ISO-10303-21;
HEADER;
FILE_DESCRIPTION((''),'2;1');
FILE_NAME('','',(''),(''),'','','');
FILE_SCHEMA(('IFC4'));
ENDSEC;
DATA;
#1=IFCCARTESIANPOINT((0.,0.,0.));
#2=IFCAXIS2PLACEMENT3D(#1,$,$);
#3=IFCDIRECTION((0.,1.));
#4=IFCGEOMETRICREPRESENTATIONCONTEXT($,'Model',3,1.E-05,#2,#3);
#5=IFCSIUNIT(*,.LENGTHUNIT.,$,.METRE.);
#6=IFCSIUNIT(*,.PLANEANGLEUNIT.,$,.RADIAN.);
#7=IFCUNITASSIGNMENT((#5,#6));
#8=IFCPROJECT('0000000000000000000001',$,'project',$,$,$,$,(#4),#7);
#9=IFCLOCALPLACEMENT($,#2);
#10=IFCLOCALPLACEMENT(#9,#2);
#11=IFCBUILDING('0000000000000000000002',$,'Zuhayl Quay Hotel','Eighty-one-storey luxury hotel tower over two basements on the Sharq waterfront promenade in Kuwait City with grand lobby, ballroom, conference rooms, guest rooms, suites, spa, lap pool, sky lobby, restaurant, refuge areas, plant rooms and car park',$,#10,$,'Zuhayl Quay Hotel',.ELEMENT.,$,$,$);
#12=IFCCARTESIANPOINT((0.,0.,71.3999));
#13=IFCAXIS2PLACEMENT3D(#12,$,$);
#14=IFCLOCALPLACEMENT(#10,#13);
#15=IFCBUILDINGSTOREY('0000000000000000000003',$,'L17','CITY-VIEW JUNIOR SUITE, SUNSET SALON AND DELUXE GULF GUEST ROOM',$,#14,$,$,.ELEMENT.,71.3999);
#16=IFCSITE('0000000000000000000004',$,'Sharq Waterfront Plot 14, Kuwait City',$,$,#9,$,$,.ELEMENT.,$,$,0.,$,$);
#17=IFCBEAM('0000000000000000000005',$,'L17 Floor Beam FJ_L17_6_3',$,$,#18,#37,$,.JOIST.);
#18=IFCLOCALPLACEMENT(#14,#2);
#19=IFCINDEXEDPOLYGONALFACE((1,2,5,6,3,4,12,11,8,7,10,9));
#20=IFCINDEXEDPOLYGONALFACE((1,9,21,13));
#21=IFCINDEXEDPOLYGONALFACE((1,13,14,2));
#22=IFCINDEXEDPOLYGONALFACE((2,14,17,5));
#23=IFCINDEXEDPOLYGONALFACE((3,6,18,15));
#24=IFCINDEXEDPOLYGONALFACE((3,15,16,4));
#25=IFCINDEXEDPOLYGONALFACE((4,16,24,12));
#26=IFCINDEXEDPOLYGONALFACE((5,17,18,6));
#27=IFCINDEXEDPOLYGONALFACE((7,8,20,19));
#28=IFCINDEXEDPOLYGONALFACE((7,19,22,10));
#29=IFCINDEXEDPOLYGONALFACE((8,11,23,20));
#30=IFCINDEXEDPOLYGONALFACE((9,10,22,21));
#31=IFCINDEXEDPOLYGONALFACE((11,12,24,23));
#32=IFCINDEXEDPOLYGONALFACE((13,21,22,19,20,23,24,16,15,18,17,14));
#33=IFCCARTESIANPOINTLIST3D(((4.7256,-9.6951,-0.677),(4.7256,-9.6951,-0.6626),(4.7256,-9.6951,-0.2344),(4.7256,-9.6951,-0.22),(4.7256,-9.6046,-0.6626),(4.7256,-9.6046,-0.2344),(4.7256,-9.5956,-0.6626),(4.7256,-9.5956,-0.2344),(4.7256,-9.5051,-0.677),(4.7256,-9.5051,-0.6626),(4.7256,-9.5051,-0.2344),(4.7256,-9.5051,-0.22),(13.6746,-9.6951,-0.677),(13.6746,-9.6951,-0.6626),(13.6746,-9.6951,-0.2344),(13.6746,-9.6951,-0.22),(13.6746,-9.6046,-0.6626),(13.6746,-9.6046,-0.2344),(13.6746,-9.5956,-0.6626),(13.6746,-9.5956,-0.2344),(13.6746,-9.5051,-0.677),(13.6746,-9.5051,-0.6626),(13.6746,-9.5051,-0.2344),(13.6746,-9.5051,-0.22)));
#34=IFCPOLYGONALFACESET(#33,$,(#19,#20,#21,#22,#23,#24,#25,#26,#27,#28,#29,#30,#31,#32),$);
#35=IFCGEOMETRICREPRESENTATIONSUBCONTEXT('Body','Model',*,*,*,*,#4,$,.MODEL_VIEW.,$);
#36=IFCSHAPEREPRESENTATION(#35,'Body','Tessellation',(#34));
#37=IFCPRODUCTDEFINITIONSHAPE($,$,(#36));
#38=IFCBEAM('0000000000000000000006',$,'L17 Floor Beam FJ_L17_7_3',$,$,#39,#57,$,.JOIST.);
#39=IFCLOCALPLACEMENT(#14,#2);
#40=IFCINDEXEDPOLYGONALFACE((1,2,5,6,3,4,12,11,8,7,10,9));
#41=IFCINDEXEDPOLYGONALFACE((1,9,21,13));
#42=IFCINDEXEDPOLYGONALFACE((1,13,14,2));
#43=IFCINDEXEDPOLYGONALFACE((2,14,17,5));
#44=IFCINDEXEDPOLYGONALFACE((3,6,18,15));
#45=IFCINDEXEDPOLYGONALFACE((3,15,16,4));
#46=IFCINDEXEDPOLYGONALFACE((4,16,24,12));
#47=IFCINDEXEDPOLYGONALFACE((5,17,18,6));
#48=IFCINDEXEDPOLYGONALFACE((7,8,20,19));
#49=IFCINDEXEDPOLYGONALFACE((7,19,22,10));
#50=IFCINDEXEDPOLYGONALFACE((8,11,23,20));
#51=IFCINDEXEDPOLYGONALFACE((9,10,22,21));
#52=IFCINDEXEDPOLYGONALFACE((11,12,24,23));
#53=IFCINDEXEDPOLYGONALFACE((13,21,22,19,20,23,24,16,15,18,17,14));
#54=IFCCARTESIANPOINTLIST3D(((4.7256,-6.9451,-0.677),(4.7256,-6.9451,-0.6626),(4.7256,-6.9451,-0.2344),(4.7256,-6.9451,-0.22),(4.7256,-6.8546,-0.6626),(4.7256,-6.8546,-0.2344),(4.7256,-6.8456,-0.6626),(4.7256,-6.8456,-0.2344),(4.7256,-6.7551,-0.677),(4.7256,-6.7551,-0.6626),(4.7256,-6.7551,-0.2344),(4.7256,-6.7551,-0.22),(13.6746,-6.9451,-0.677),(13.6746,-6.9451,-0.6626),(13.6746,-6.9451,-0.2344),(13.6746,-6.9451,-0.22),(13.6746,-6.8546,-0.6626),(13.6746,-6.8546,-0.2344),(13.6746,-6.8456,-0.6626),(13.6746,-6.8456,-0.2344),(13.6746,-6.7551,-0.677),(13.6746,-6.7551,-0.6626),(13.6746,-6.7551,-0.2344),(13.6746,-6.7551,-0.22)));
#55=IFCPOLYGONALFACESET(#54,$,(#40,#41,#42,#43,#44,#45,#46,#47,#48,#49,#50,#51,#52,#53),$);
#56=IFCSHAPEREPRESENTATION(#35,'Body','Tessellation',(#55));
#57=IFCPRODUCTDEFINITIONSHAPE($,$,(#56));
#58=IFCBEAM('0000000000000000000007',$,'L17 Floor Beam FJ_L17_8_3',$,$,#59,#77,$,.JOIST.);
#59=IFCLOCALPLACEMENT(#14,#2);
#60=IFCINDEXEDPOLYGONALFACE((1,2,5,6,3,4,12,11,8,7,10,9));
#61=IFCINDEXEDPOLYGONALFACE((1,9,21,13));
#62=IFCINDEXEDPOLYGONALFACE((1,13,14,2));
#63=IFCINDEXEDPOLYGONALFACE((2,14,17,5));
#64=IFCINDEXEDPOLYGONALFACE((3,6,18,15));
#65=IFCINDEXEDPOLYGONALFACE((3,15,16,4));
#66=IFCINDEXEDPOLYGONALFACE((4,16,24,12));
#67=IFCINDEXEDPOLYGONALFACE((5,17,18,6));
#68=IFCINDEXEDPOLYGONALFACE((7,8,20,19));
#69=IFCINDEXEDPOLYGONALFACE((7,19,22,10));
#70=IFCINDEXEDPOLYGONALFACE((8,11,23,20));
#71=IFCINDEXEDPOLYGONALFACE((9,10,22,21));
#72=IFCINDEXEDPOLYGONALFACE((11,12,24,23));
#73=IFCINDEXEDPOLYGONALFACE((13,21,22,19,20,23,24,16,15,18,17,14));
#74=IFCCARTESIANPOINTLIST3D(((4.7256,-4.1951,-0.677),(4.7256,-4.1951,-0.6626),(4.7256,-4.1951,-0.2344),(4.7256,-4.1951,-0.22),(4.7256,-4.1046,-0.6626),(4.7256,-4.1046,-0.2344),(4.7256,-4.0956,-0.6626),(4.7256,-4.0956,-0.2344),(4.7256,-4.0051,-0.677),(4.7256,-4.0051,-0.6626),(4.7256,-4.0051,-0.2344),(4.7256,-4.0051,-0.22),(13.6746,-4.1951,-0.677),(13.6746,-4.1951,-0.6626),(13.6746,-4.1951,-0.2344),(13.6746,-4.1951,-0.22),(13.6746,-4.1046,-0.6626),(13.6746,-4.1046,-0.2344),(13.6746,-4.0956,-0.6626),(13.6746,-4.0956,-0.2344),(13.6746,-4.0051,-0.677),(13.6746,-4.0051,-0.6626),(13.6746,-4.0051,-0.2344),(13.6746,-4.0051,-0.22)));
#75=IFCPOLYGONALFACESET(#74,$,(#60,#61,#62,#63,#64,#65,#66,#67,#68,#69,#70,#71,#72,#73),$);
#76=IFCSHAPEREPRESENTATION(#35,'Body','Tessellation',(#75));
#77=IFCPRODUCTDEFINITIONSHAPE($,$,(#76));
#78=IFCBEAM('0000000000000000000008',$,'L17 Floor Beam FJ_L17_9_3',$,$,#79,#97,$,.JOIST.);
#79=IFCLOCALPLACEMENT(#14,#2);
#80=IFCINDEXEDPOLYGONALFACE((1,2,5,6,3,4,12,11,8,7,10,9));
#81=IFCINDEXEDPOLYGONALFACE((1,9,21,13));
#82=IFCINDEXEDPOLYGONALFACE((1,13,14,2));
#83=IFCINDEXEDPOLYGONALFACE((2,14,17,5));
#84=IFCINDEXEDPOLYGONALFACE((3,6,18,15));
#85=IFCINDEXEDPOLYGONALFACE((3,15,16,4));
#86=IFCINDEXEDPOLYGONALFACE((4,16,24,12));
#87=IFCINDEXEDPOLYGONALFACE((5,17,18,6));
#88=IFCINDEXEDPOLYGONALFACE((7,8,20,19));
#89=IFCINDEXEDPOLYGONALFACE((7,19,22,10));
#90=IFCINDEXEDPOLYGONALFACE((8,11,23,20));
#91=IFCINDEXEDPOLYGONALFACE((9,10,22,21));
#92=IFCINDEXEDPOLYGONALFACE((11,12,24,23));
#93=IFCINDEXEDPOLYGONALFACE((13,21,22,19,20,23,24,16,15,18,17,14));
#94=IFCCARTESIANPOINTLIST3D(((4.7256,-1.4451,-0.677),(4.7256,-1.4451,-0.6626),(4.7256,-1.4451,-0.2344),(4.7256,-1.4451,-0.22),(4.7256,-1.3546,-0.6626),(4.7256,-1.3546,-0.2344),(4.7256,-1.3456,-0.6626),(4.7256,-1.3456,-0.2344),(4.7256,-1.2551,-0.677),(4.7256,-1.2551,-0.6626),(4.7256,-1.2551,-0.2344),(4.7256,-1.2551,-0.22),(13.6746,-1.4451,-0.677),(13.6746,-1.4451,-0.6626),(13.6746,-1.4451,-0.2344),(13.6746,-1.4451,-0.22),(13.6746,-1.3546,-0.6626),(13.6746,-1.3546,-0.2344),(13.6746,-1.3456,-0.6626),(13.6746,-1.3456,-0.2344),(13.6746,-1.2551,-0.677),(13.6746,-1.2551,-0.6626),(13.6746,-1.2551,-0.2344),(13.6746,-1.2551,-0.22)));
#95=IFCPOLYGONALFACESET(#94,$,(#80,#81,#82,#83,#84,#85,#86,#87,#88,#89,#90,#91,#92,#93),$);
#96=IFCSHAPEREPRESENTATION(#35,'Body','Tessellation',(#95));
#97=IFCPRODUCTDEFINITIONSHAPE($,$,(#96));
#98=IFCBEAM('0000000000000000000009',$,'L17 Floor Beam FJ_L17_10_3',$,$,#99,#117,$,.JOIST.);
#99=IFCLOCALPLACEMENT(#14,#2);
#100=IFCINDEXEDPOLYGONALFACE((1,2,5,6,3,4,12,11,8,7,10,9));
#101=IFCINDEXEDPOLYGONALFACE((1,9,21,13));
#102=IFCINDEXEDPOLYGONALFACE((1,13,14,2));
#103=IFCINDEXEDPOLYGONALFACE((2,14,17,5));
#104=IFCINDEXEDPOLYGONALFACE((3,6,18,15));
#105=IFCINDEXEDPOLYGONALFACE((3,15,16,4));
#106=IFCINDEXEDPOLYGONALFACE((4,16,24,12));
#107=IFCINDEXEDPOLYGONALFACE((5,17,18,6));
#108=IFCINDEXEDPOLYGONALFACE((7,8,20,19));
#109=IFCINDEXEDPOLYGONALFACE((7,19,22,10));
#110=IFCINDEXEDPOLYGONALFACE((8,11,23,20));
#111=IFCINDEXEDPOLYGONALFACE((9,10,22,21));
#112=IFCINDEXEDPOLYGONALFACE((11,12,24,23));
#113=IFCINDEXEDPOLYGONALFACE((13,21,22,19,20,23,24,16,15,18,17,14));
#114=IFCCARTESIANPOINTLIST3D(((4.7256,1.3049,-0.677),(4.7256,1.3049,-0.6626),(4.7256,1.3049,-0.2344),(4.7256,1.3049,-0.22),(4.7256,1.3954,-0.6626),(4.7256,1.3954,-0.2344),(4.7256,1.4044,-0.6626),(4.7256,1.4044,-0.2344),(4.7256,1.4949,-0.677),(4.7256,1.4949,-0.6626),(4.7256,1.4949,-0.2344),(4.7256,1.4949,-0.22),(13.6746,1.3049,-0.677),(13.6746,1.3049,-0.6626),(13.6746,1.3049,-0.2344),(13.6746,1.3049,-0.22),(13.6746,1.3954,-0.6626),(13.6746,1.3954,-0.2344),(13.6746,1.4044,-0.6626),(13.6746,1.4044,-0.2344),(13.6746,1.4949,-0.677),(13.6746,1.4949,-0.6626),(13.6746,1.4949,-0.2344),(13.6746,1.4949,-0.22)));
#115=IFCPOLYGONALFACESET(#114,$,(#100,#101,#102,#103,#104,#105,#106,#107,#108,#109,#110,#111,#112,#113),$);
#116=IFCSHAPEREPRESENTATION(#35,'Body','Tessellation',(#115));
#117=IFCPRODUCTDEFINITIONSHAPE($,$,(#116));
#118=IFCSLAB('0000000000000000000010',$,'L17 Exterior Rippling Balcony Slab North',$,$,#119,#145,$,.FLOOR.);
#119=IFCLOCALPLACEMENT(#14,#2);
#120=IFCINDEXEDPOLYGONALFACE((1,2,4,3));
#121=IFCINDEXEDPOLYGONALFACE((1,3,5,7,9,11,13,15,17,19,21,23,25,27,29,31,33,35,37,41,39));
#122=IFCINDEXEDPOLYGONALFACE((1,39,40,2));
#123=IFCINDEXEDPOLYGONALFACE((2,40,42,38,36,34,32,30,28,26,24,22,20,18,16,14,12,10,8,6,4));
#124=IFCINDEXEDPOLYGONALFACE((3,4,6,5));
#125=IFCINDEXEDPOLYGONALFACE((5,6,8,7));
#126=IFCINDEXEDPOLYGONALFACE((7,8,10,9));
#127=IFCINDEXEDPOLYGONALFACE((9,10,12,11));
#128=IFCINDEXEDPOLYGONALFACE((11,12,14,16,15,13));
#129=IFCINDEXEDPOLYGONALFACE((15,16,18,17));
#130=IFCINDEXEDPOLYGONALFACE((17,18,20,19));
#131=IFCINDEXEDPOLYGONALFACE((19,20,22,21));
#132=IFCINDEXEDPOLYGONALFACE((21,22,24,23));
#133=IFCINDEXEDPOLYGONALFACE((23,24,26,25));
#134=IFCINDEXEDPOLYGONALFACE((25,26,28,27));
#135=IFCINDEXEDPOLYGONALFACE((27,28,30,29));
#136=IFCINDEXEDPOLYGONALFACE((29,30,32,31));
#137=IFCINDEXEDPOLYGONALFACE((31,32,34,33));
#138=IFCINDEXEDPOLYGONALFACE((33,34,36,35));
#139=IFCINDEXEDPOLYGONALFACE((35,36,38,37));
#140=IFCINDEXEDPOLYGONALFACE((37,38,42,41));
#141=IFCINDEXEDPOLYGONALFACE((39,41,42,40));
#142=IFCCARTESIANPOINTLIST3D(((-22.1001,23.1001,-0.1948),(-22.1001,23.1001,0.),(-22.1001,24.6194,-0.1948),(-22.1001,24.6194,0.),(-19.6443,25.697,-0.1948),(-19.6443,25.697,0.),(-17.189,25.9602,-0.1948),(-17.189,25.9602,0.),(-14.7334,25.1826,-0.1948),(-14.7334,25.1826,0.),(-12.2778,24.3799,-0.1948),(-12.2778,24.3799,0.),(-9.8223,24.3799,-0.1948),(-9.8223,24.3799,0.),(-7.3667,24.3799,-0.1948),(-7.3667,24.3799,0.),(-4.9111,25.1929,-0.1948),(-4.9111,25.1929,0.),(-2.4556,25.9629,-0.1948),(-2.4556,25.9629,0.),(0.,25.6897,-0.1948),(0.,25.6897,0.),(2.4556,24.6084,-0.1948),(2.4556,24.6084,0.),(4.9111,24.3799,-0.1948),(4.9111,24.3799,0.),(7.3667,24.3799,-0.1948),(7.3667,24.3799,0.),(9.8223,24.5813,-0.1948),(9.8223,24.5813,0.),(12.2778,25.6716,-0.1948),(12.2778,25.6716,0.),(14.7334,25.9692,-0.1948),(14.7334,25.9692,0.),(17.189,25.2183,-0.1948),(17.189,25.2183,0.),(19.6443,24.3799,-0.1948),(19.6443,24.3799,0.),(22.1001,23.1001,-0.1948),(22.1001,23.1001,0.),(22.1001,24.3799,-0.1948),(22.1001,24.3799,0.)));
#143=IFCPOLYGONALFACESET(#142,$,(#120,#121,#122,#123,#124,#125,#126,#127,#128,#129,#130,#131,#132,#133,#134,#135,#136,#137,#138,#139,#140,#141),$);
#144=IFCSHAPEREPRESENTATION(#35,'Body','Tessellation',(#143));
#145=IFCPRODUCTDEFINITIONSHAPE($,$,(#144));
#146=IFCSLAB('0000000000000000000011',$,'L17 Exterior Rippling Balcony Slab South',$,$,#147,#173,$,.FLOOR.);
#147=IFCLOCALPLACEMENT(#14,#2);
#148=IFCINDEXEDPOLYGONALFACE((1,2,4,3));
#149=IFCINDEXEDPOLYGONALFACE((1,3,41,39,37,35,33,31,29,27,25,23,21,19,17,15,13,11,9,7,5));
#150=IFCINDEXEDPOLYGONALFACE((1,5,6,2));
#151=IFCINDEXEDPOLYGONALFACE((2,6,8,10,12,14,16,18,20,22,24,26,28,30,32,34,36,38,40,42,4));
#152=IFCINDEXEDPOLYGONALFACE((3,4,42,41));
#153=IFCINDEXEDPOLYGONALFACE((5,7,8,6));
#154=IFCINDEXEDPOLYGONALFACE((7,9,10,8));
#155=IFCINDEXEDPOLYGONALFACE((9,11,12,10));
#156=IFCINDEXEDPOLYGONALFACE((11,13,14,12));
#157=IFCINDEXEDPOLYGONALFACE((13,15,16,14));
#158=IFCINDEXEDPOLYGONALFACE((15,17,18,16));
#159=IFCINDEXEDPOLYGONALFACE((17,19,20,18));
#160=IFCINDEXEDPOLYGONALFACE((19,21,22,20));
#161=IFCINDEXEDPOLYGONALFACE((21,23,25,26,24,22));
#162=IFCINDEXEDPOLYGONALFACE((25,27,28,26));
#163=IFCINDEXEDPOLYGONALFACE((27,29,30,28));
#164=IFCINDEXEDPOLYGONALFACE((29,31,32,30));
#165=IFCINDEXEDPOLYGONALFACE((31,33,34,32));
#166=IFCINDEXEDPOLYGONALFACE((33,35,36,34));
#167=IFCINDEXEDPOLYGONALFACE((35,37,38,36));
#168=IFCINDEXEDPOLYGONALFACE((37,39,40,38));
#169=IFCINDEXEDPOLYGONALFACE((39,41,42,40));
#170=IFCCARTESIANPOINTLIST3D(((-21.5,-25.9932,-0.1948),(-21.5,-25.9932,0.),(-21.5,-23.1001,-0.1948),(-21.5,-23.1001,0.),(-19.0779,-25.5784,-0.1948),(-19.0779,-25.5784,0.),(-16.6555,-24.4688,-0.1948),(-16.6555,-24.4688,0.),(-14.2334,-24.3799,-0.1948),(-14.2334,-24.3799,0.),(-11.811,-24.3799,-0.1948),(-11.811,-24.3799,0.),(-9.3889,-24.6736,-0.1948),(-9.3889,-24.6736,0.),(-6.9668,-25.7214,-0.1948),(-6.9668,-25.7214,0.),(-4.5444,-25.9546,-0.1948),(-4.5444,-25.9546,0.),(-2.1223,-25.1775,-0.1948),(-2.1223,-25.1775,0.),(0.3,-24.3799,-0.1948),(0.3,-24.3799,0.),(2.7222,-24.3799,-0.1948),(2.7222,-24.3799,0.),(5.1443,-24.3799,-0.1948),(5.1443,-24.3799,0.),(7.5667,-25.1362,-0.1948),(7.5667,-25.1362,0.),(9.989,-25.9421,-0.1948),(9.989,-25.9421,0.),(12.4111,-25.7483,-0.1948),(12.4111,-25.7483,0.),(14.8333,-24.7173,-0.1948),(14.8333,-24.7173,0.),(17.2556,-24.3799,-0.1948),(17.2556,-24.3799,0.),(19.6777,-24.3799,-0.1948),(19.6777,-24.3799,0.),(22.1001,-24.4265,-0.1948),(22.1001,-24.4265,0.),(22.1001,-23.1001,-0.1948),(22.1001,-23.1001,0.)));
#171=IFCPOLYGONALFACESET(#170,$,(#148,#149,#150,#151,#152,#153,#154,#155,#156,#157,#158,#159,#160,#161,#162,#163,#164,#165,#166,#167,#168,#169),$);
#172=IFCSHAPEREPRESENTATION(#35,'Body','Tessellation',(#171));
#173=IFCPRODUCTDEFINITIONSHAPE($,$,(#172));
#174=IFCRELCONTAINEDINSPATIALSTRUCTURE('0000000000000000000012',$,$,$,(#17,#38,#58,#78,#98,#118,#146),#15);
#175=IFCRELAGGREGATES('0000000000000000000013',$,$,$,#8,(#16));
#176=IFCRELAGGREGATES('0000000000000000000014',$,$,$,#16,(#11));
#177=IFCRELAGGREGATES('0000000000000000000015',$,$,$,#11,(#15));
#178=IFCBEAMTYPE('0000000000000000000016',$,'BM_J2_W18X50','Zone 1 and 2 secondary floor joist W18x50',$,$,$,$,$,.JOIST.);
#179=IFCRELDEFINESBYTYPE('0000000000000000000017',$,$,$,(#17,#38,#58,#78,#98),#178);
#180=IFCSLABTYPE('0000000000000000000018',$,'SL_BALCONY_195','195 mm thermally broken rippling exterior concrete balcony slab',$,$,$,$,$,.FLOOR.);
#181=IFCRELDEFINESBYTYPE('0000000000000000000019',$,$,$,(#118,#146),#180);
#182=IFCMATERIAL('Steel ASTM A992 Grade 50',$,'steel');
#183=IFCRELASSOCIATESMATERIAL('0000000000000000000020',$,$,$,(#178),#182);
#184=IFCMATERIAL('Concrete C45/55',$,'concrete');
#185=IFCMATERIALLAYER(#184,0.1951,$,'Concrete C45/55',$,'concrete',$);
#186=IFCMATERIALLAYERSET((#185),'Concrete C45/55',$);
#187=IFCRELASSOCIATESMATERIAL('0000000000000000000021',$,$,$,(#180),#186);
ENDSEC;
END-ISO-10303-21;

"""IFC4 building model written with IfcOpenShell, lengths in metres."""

from ifc_helpers import new_model, si_unit, direction, frame, origin, origin_2d, place, context, subcontext, project, spatial, polyline, i_section, outline, extrude, material, layer, layer_set, material_profile, profile_set, type_object, element, save


model = new_model("IFC4")

# Units and contexts
model_context = context("Model", 3, precision=1e-05, world=origin(), true_north=direction((0.0, 1.0)))
body_context = subcontext(model_context, "Body", "Model", "MODEL_VIEW")
ifc_project = project(units=[si_unit("LENGTHUNIT", "METRE"), si_unit("PLANEANGLEUNIT", "RADIAN")], contexts=[model_context])

# Site, building, storey
site_placement = place(None, origin())
site = spatial("IfcSite", under=ifc_project, at=site_placement, Name="Sharq Waterfront Plot 14, Kuwait City", CompositionType="ELEMENT", RefElevation=0.0)
building_placement = place(site_placement, origin())
building = spatial("IfcBuilding", under=site, at=building_placement, Name="Zuhayl Quay Hotel", Description="Eighty-one-storey luxury hotel tower over two basements on the Sharq waterfront promenade in Kuwait City with grand lobby, ballroom, conference rooms, guest rooms, suites, spa, lap pool, sky lobby, restaurant, refuge areas, plant rooms and car park", LongName="Zuhayl Quay Hotel", CompositionType="ELEMENT")
storey_placement = place(building_placement, frame((0.0, 0.0, 71.3999)))
storey = spatial("IfcBuildingStorey", under=building, at=storey_placement, Name="L17", Description="CITY-VIEW JUNIOR SUITE, SUNSET SALON AND DELUXE GULF GUEST ROOM", CompositionType="ELEMENT", Elevation=71.3999)

# Beams
ifc_material_1 = material(Name="Steel ASTM A992 Grade 50", Category="steel")
ifc_material_profile = material_profile(ifc_material_1, i_section(OverallWidth=0.1899, OverallDepth=0.457, WebThickness=0.009, FlangeThickness=0.0144, at=origin_2d()), Name="W18X50")
ifc_profile_set = profile_set([ifc_material_profile], Name="Steel ASTM A992 Grade 50")
beam_type = type_object("IfcBeamType", Name="BM_J2_W18X50", Description="Zone 1 and 2 secondary floor joist W18x50", PredefinedType="JOIST", material=ifc_profile_set)
for number, where, z_axis, x_axis, name in (
    (1, (4.7256, -9.6001, -0.4485), (1.0, 0.0, 0.0), (0.0, 1.0, 0.0), "L17 Floor Beam FJ_L17_6_3"),
    (2, (4.7256, -6.8501, -0.4485), (1.0, 0.0, 0.0), (0.0, 1.0, 0.0), "L17 Floor Beam FJ_L17_7_3"),
    (3, (4.7256, -4.1001, -0.4485), (1.0, 0.0, 0.0), (0.0, 1.0, 0.0), "L17 Floor Beam FJ_L17_8_3"),
    (4, (4.7256, -1.3501, -0.4485), (1.0, 0.0, 0.0), (0.0, 1.0, 0.0), "L17 Floor Beam FJ_L17_9_3"),
    (5, (4.7256, 1.3999, -0.4485), (1.0, 0.0, 0.0), (0.0, 1.0, 0.0), "L17 Floor Beam FJ_L17_10_3"),
):
    element("IfcBeam", number, at=place(storey_placement, frame(where, z_axis=z_axis, x_axis=x_axis)), inside=storey, type_object=beam_type, Name=name, PredefinedType="JOIST", context=body_context, shape_type="SweptSolid", body=[
        extrude(i_section(OverallWidth=0.1899, OverallDepth=0.457, WebThickness=0.009, FlangeThickness=0.0144, at=origin_2d()), origin(), (0.0, 0.0, 1.0), 8.949),
    ])

# Slabs
ifc_material_2 = material(Name="Concrete C45/55", Category="concrete")
ifc_layer_1 = layer(ifc_material_2, 0.1951, Name="Concrete C45/55", Category="concrete")
ifc_layer_set_1 = layer_set([ifc_layer_1], Name="Concrete C45/55")
slab_type_1 = type_object("IfcSlabType", Name="SL_BALCONY_195", Description="195 mm thermally broken rippling exterior concrete balcony slab", PredefinedType="FLOOR", material=ifc_layer_set_1)
slab_1_placement = place(storey_placement, frame((0.0, 0.0, -0.1948)))
element("IfcSlab", 6, at=slab_1_placement, inside=storey, type_object=slab_type_1, Name="L17 Exterior Rippling Balcony Slab North", PredefinedType="FLOOR", context=body_context, shape_type="SweptSolid", body=[
    extrude(outline(polyline([(-22.1001, 23.1001), (22.1001, 23.1001), (22.1001, 24.3799), (19.6443, 24.3799), (17.189, 25.2183), (14.7334, 25.9692), (12.2778, 25.6716), (9.8223, 24.5813), (7.3667, 24.3799), (4.9111, 24.3799), (2.4556, 24.6084), (0.0, 25.6897), (-2.4556, 25.9629), (-4.9111, 25.1929), (-7.3667, 24.3799), (-9.8223, 24.3799), (-12.2778, 24.3799), (-14.7334, 25.1826), (-17.189, 25.9602), (-19.6443, 25.697), (-22.1001, 24.6194), (-22.1001, 23.1001)])), origin(), (0.0, 0.0, 1.0), 0.1948),
])
slab_2_placement = place(storey_placement, frame((0.0, 0.0, -0.1948)))
element("IfcSlab", 7, at=slab_2_placement, inside=storey, type_object=slab_type_1, Name="L17 Exterior Rippling Balcony Slab South", PredefinedType="FLOOR", context=body_context, shape_type="SweptSolid", body=[
    extrude(outline(polyline([(-21.5, -25.9932), (-19.0779, -25.5784), (-16.6555, -24.4688), (-14.2334, -24.3799), (-11.811, -24.3799), (-9.3889, -24.6736), (-6.9668, -25.7214), (-4.5444, -25.9546), (-2.1223, -25.1775), (0.3, -24.3799), (2.7222, -24.3799), (5.1443, -24.3799), (7.5667, -25.1362), (9.989, -25.9421), (12.4111, -25.7483), (14.8333, -24.7173), (17.2556, -24.3799), (19.6777, -24.3799), (22.1001, -24.4265), (22.1001, -23.1001), (-21.5, -23.1001), (-21.5, -25.9932)])), origin(), (0.0, 0.0, 1.0), 0.1948),
])

save(model, "model.ifc")
